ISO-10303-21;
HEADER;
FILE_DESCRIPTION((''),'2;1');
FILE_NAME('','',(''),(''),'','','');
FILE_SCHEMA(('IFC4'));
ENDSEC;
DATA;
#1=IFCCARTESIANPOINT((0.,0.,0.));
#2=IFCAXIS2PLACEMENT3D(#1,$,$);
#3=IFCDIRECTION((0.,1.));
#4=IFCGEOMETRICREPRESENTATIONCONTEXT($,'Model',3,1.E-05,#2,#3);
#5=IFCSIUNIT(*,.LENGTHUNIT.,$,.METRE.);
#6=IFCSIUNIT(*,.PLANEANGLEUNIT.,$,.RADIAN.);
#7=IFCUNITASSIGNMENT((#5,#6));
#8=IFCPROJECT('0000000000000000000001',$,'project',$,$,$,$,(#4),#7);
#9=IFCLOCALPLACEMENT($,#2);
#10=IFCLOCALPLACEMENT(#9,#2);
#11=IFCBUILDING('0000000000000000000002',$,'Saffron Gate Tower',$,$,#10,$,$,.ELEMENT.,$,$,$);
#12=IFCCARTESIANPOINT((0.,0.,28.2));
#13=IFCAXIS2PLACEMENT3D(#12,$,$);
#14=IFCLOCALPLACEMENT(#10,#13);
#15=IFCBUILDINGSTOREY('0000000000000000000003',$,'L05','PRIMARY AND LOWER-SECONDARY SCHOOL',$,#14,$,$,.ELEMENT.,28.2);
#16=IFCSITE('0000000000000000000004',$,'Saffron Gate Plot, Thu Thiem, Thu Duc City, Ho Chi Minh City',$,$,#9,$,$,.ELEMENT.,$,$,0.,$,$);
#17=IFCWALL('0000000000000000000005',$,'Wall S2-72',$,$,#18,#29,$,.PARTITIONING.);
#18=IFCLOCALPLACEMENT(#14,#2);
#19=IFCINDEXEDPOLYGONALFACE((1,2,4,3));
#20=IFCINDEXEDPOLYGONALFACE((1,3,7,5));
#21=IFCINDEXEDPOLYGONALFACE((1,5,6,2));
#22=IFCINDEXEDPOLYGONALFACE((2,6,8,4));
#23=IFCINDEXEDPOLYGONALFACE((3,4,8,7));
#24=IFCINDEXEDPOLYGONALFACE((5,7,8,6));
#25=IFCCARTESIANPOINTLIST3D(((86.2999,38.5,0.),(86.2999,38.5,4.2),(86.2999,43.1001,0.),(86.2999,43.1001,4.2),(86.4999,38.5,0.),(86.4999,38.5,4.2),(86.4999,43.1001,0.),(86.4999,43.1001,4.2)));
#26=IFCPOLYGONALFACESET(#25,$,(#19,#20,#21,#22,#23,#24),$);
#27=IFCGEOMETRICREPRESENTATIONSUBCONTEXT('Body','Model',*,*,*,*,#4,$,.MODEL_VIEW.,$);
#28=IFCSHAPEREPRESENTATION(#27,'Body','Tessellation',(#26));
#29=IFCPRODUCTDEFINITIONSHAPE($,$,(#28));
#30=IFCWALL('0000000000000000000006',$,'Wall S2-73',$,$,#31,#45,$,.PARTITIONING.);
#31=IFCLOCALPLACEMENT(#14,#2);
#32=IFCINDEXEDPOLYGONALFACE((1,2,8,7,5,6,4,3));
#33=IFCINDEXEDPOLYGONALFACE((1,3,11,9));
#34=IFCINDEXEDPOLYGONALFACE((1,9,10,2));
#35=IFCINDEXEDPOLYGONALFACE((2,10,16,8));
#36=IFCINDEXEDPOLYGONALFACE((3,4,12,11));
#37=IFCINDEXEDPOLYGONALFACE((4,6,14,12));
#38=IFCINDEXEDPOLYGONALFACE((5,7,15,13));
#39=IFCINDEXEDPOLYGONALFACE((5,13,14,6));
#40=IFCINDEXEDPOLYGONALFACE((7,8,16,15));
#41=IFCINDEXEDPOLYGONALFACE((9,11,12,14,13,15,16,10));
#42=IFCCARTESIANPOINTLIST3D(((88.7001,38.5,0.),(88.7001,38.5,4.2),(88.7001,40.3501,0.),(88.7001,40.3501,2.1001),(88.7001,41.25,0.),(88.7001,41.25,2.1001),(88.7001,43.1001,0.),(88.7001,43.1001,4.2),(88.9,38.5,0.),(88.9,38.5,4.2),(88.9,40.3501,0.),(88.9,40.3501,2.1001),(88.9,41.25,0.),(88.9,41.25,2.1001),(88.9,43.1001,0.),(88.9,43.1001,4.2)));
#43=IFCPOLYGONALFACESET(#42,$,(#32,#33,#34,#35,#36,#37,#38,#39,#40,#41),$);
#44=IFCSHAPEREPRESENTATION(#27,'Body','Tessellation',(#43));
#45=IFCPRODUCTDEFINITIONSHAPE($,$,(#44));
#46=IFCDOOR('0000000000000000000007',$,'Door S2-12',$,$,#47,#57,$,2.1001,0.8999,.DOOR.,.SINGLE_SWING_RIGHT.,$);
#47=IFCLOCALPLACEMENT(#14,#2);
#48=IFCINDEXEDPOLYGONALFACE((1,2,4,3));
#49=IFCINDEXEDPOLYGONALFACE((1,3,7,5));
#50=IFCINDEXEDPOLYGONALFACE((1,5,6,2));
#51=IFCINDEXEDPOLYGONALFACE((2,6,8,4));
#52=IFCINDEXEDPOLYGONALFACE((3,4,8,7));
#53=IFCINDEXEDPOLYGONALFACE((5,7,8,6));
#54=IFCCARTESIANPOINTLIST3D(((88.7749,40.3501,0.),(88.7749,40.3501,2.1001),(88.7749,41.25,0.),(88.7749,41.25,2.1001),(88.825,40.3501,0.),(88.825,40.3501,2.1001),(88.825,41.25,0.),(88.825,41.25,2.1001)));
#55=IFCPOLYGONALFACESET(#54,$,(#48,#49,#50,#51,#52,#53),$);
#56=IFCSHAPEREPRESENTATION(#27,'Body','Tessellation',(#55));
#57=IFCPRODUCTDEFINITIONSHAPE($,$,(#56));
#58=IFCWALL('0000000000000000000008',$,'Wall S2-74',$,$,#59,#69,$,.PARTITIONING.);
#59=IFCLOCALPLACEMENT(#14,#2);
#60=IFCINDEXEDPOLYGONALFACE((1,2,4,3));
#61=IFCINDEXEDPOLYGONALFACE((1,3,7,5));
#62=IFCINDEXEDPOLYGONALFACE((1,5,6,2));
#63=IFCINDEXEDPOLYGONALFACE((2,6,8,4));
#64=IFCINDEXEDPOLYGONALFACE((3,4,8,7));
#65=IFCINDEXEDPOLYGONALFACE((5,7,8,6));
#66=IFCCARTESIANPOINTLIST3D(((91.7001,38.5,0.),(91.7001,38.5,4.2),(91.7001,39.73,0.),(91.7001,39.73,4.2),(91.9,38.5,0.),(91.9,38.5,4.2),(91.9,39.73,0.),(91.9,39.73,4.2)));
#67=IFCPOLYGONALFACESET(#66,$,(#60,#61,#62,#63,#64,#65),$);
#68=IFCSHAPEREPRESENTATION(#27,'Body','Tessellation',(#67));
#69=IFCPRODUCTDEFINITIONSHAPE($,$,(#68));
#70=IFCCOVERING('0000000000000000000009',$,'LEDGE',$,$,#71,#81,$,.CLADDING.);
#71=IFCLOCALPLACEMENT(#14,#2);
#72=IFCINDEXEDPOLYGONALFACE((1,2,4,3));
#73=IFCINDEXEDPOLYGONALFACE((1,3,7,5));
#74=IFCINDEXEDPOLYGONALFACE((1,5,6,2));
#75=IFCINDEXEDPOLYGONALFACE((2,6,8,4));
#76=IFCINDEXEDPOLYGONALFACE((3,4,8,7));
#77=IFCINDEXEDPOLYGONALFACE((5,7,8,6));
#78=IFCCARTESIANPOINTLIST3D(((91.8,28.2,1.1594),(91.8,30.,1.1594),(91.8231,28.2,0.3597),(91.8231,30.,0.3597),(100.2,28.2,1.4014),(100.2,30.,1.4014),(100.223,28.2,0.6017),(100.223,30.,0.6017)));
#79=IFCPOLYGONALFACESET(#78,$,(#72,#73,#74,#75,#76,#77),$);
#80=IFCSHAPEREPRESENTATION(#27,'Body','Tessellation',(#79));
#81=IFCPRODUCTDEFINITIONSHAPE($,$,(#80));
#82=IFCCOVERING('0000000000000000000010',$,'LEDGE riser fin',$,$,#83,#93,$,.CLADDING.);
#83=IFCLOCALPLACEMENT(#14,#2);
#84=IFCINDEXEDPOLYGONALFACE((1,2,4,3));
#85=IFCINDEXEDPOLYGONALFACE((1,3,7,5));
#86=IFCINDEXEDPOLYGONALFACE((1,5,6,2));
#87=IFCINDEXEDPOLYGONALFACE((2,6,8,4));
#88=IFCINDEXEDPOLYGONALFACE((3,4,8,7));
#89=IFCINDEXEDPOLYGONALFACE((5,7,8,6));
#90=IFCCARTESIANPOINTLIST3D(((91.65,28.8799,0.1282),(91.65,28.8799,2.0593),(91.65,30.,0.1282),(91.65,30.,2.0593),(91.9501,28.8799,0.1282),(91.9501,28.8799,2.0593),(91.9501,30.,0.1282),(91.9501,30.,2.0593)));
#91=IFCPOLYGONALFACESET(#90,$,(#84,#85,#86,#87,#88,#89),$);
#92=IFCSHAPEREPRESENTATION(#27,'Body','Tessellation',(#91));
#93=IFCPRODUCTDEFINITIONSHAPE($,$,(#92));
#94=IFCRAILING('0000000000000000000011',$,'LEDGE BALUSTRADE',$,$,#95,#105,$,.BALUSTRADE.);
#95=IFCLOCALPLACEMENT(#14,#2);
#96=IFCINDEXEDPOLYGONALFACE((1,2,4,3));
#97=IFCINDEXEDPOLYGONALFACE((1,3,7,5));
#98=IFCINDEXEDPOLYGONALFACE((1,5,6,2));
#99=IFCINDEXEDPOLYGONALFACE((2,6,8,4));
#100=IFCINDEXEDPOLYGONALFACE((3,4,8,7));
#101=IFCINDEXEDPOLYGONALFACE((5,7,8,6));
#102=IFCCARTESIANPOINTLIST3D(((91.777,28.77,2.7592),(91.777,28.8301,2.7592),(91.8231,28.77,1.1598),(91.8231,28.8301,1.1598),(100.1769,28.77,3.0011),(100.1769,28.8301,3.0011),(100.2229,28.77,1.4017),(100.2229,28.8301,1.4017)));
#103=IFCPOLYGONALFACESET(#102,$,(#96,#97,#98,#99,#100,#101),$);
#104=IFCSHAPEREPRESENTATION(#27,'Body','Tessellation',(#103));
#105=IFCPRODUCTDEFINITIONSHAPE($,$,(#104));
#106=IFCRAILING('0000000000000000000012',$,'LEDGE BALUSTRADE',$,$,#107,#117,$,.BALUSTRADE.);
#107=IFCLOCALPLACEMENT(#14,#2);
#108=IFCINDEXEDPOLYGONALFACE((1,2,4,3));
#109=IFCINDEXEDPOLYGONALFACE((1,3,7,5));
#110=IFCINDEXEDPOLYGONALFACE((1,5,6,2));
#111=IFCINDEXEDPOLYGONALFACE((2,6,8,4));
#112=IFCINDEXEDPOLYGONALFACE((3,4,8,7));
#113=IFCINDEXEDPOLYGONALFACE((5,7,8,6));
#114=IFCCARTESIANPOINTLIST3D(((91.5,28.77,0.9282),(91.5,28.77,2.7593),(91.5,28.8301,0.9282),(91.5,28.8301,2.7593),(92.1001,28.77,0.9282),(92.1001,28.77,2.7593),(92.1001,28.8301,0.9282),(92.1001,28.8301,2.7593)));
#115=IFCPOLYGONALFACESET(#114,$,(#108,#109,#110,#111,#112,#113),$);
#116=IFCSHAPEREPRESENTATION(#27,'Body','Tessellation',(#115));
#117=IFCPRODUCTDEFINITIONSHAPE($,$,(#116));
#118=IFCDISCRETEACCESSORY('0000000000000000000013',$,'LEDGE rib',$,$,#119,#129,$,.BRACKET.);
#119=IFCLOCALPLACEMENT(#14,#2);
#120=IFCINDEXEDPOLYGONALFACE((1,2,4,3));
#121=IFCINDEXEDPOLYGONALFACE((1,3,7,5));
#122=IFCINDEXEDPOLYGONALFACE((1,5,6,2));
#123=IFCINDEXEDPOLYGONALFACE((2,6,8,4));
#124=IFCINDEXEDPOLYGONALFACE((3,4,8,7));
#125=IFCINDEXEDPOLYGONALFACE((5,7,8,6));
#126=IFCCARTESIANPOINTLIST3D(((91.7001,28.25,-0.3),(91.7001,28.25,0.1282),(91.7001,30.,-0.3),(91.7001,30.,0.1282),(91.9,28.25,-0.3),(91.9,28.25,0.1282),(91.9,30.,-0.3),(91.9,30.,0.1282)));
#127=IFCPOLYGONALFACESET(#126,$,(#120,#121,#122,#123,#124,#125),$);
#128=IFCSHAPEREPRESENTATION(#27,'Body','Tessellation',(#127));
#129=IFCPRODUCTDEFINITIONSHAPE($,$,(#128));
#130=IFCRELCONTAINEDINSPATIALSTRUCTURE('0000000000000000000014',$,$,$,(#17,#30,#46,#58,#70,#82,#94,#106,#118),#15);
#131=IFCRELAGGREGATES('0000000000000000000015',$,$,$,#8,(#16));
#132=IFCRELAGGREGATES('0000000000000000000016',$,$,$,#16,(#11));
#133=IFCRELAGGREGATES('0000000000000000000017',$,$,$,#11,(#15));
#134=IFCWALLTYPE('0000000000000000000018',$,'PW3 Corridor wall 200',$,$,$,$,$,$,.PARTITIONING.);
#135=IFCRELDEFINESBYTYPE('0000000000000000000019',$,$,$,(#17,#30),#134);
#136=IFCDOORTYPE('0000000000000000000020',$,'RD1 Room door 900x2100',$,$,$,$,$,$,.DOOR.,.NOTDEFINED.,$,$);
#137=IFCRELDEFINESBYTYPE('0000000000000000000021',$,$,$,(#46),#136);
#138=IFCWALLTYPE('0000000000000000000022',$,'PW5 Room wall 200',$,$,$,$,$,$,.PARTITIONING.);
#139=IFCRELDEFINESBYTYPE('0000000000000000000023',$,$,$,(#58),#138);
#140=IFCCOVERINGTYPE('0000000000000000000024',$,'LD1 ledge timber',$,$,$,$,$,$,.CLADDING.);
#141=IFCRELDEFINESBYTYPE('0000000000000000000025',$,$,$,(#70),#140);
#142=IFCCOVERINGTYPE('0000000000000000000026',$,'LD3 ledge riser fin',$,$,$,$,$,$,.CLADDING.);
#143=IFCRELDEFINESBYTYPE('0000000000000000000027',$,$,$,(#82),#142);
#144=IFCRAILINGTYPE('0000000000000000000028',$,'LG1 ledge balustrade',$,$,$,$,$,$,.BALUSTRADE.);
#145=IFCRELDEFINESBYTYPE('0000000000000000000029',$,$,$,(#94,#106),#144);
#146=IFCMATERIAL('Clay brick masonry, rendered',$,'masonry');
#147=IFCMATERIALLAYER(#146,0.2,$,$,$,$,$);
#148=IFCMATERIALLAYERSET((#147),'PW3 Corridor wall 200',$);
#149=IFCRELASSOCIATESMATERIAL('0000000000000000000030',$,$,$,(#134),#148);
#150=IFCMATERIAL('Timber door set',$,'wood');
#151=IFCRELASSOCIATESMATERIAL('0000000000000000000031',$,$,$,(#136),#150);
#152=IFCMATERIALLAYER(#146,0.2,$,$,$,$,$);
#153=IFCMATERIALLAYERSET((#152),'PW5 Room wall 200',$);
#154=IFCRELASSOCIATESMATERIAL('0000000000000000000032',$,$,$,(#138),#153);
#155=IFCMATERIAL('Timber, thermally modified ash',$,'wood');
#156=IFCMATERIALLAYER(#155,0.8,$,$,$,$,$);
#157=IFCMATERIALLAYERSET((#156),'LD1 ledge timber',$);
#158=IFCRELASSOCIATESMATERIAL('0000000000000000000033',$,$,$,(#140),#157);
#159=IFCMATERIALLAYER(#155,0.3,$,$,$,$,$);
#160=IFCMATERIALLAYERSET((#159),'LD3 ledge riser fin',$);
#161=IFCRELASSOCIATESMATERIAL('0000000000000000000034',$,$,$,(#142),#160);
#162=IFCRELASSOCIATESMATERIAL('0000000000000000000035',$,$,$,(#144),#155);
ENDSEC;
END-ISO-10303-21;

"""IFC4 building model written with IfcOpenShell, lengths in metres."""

from ifc_helpers import new_model, si_unit, direction, frame, frame_2d, origin, origin_2d, place, context, subcontext, project, spatial, polyline, rectangle, outline, extrude, material, layer, layer_set, type_object, element, fill, save


model = new_model("IFC4")

# Units and contexts
model_context = context("Model", 3, precision=1e-05, world=origin(), true_north=direction((0.0, 1.0)))
body_context = subcontext(model_context, "Body", "Model", "MODEL_VIEW")
ifc_project = project(units=[si_unit("LENGTHUNIT", "METRE"), si_unit("PLANEANGLEUNIT", "RADIAN")], contexts=[model_context])

# Site, building, storey
site_placement = place(None, origin())
site = spatial("IfcSite", under=ifc_project, at=site_placement, Name="Saffron Gate Plot, Thu Thiem, Thu Duc City, Ho Chi Minh City", CompositionType="ELEMENT", RefElevation=0.0)
building_placement = place(site_placement, origin())
building = spatial("IfcBuilding", under=site, at=building_placement, Name="Saffron Gate Tower", CompositionType="ELEMENT")
storey_placement = place(building_placement, frame((0.0, 0.0, 28.2)))
storey = spatial("IfcBuildingStorey", under=building, at=storey_placement, Name="L05", Description="PRIMARY AND LOWER-SECONDARY SCHOOL", CompositionType="ELEMENT", Elevation=28.2)

# Shared definitions
ifc_material_1 = material(Name="Clay brick masonry, rendered", Category="masonry")
ifc_layer_1 = layer(ifc_material_1, 0.2)
ifc_layer_set_1 = layer_set([ifc_layer_1], Name="PW3 Corridor wall 200")
wall_type_1 = type_object("IfcWallType", Name="PW3 Corridor wall 200", PredefinedType="PARTITIONING", material=ifc_layer_set_1)
ifc_material_2 = material(Name="Timber door set", Category="wood")
door_type = type_object("IfcDoorType", Name="RD1 Room door 900x2100", OperationType="NOTDEFINED", PredefinedType="DOOR", material=ifc_material_2)

# Wall
wall_1_placement = place(storey_placement, frame((86.3999, 43.1001, 0.0), z_axis=(0.0, 0.0, 1.0), x_axis=(0.0, -1.0, 0.0)))
element("IfcWall", 1, at=wall_1_placement, inside=storey, type_object=wall_type_1, Name="Wall S2-72", PredefinedType="PARTITIONING", context=body_context, shape_type="SweptSolid", body=[
    extrude(rectangle(XDim=4.6001, YDim=0.2, at=frame_2d((2.3, 0.0))), origin(), (0.0, 0.0, 1.0), 4.2),
])

# Wall, opening, door
wall_2_placement = place(storey_placement, frame((88.8, 43.1001, 0.0), z_axis=(0.0, 0.0, 1.0), x_axis=(0.0, -1.0, 0.0)))
wall_2 = element("IfcWall", 2, at=wall_2_placement, inside=storey, type_object=wall_type_1, Name="Wall S2-73", PredefinedType="PARTITIONING", context=body_context, shape_type="SweptSolid", body=[
    extrude(rectangle(XDim=4.6001, YDim=0.2, at=frame_2d((2.3, 0.0))), origin(), (0.0, 0.0, 1.0), 4.2),
])
opening_1_placement = place(wall_2_placement, frame((1.8501, 0.0, 0.0)))
opening_1 = element("IfcOpeningElement", 3, at=opening_1_placement, cuts=wall_2, PredefinedType="OPENING", context=body_context, shape_type="SweptSolid", body=[
    extrude(rectangle(XDim=0.8999, YDim=2.1001, at=frame_2d((0.45, 1.05))), frame((0.0, 0.1099, 0.0), z_axis=(0.0, -1.0, 0.0), x_axis=(1.0, 0.0, 0.0)), (0.0, 0.0, 1.0), 0.22),
])
door_1_placement = place(opening_1_placement, origin())
door_1 = element("IfcDoor", 4, at=door_1_placement, inside=storey, type_object=door_type, Name="Door S2-12", OperationType="SINGLE_SWING_RIGHT", OverallHeight=2.1001, OverallWidth=0.8999, PredefinedType="DOOR", context=body_context, shape_type="SweptSolid", body=[
    extrude(rectangle(XDim=0.8999, YDim=2.1001, at=frame_2d((0.45, 1.05))), frame((0.0, 0.0249, 0.0), z_axis=(0.0, -1.0, 0.0), x_axis=(1.0, 0.0, 0.0)), (0.0, 0.0, 1.0), 0.05),
])
fill(opening_1, door_1)

# Wall
ifc_layer_2 = layer(ifc_material_1, 0.2)
ifc_layer_set_2 = layer_set([ifc_layer_2], Name="PW5 Room wall 200")
wall_type_2 = type_object("IfcWallType", Name="PW5 Room wall 200", PredefinedType="PARTITIONING", material=ifc_layer_set_2)
wall_3_placement = place(storey_placement, frame((91.8, 39.73, 0.0), z_axis=(0.0, 0.0, 1.0), x_axis=(0.0, -1.0, 0.0)))
element("IfcWall", 5, at=wall_3_placement, inside=storey, type_object=wall_type_2, Name="Wall S2-74", PredefinedType="PARTITIONING", context=body_context, shape_type="SweptSolid", body=[
    extrude(rectangle(XDim=1.23, YDim=0.2, at=frame_2d((0.615, 0.0))), origin(), (0.0, 0.0, 1.0), 4.2),
])

# Coverings
ifc_material_3 = material(Name="Timber, thermally modified ash", Category="wood")
ifc_layer_3 = layer(ifc_material_3, 0.8)
ifc_layer_set_3 = layer_set([ifc_layer_3], Name="LD1 ledge timber")
covering_type_1 = type_object("IfcCoveringType", Name="LD1 ledge timber", PredefinedType="CLADDING", material=ifc_layer_set_3)
covering_1_placement = place(storey_placement, frame((91.8, 30.0, 1.1594), z_axis=(-0.028791, 0.0, 0.999585), x_axis=(0.999585, 0.0, 0.028791)))
element("IfcCovering", 6, at=covering_1_placement, inside=storey, type_object=covering_type_1, Name="LEDGE", PredefinedType="CLADDING", context=body_context, shape_type="SweptSolid", body=[
    extrude(outline(polyline([(0.0, 0.0), (8.4034, 0.0), (8.4034, -1.8), (0.0, -1.8), (0.0, 0.0)])), origin(), (0.0, 0.0, -1.0), 0.8),
])
ifc_layer_4 = layer(ifc_material_3, 0.3)
ifc_layer_set_4 = layer_set([ifc_layer_4], Name="LD3 ledge riser fin")
covering_type_2 = type_object("IfcCoveringType", Name="LD3 ledge riser fin", PredefinedType="CLADDING", material=ifc_layer_set_4)
covering_2_placement = place(storey_placement, frame((91.8, 29.4399, 0.1282), z_axis=(0.0, 0.0, 1.0), x_axis=(1.0, 0.0, 0.0)))
element("IfcCovering", 7, at=covering_2_placement, inside=storey, type_object=covering_type_2, Name="LEDGE riser fin", PredefinedType="CLADDING", context=body_context, shape_type="SweptSolid", body=[
    extrude(rectangle(XDim=0.3, YDim=1.1201, at=origin_2d()), origin(), (0.0, 0.0, 1.0), 1.9312),
])

# Railings
railing_type = type_object("IfcRailingType", Name="LG1 ledge balustrade", PredefinedType="BALUSTRADE", material=ifc_material_3)
railing_1_placement = place(storey_placement, frame((91.8, 28.8, 1.1594)))
element("IfcRailing", 8, at=railing_1_placement, inside=storey, type_object=railing_type, Name="LEDGE BALUSTRADE", PredefinedType="BALUSTRADE", context=body_context, shape_type="SweptSolid", body=[
    extrude(rectangle(XDim=0.0601, YDim=1.6001, at=origin_2d()), frame((0.0, 0.0, 0.8), z_axis=(0.999585, 0.0, 0.028791), x_axis=(0.0, 1.0, 0.0)), (0.0, 0.0, 1.0), 8.4033),
])
railing_2_placement = place(storey_placement, frame((91.5, 28.8, 0.9282)))
element("IfcRailing", 9, at=railing_2_placement, inside=storey, type_object=railing_type, Name="LEDGE BALUSTRADE", PredefinedType="BALUSTRADE", context=body_context, shape_type="SweptSolid", body=[
    extrude(rectangle(XDim=0.0601, YDim=1.8311, at=origin_2d()), frame((0.0, 0.0, 0.9155), z_axis=(1.0, 0.0, 0.0), x_axis=(0.0, 1.0, 0.0)), (0.0, 0.0, 1.0), 0.6001),
])

# Discrete accessory
discrete_accessory_placement = place(storey_placement, frame((91.8, 29.125, -0.3), z_axis=(0.0, 0.0, 1.0), x_axis=(1.0, 0.0, 0.0)))
element("IfcDiscreteAccessory", 10, at=discrete_accessory_placement, inside=storey, Name="LEDGE rib", PredefinedType="BRACKET", context=body_context, shape_type="SweptSolid", body=[
    extrude(rectangle(XDim=0.2, YDim=1.75, at=origin_2d()), origin(), (0.0, 0.0, 1.0), 0.4282),
])

save(model, "model.ifc")
